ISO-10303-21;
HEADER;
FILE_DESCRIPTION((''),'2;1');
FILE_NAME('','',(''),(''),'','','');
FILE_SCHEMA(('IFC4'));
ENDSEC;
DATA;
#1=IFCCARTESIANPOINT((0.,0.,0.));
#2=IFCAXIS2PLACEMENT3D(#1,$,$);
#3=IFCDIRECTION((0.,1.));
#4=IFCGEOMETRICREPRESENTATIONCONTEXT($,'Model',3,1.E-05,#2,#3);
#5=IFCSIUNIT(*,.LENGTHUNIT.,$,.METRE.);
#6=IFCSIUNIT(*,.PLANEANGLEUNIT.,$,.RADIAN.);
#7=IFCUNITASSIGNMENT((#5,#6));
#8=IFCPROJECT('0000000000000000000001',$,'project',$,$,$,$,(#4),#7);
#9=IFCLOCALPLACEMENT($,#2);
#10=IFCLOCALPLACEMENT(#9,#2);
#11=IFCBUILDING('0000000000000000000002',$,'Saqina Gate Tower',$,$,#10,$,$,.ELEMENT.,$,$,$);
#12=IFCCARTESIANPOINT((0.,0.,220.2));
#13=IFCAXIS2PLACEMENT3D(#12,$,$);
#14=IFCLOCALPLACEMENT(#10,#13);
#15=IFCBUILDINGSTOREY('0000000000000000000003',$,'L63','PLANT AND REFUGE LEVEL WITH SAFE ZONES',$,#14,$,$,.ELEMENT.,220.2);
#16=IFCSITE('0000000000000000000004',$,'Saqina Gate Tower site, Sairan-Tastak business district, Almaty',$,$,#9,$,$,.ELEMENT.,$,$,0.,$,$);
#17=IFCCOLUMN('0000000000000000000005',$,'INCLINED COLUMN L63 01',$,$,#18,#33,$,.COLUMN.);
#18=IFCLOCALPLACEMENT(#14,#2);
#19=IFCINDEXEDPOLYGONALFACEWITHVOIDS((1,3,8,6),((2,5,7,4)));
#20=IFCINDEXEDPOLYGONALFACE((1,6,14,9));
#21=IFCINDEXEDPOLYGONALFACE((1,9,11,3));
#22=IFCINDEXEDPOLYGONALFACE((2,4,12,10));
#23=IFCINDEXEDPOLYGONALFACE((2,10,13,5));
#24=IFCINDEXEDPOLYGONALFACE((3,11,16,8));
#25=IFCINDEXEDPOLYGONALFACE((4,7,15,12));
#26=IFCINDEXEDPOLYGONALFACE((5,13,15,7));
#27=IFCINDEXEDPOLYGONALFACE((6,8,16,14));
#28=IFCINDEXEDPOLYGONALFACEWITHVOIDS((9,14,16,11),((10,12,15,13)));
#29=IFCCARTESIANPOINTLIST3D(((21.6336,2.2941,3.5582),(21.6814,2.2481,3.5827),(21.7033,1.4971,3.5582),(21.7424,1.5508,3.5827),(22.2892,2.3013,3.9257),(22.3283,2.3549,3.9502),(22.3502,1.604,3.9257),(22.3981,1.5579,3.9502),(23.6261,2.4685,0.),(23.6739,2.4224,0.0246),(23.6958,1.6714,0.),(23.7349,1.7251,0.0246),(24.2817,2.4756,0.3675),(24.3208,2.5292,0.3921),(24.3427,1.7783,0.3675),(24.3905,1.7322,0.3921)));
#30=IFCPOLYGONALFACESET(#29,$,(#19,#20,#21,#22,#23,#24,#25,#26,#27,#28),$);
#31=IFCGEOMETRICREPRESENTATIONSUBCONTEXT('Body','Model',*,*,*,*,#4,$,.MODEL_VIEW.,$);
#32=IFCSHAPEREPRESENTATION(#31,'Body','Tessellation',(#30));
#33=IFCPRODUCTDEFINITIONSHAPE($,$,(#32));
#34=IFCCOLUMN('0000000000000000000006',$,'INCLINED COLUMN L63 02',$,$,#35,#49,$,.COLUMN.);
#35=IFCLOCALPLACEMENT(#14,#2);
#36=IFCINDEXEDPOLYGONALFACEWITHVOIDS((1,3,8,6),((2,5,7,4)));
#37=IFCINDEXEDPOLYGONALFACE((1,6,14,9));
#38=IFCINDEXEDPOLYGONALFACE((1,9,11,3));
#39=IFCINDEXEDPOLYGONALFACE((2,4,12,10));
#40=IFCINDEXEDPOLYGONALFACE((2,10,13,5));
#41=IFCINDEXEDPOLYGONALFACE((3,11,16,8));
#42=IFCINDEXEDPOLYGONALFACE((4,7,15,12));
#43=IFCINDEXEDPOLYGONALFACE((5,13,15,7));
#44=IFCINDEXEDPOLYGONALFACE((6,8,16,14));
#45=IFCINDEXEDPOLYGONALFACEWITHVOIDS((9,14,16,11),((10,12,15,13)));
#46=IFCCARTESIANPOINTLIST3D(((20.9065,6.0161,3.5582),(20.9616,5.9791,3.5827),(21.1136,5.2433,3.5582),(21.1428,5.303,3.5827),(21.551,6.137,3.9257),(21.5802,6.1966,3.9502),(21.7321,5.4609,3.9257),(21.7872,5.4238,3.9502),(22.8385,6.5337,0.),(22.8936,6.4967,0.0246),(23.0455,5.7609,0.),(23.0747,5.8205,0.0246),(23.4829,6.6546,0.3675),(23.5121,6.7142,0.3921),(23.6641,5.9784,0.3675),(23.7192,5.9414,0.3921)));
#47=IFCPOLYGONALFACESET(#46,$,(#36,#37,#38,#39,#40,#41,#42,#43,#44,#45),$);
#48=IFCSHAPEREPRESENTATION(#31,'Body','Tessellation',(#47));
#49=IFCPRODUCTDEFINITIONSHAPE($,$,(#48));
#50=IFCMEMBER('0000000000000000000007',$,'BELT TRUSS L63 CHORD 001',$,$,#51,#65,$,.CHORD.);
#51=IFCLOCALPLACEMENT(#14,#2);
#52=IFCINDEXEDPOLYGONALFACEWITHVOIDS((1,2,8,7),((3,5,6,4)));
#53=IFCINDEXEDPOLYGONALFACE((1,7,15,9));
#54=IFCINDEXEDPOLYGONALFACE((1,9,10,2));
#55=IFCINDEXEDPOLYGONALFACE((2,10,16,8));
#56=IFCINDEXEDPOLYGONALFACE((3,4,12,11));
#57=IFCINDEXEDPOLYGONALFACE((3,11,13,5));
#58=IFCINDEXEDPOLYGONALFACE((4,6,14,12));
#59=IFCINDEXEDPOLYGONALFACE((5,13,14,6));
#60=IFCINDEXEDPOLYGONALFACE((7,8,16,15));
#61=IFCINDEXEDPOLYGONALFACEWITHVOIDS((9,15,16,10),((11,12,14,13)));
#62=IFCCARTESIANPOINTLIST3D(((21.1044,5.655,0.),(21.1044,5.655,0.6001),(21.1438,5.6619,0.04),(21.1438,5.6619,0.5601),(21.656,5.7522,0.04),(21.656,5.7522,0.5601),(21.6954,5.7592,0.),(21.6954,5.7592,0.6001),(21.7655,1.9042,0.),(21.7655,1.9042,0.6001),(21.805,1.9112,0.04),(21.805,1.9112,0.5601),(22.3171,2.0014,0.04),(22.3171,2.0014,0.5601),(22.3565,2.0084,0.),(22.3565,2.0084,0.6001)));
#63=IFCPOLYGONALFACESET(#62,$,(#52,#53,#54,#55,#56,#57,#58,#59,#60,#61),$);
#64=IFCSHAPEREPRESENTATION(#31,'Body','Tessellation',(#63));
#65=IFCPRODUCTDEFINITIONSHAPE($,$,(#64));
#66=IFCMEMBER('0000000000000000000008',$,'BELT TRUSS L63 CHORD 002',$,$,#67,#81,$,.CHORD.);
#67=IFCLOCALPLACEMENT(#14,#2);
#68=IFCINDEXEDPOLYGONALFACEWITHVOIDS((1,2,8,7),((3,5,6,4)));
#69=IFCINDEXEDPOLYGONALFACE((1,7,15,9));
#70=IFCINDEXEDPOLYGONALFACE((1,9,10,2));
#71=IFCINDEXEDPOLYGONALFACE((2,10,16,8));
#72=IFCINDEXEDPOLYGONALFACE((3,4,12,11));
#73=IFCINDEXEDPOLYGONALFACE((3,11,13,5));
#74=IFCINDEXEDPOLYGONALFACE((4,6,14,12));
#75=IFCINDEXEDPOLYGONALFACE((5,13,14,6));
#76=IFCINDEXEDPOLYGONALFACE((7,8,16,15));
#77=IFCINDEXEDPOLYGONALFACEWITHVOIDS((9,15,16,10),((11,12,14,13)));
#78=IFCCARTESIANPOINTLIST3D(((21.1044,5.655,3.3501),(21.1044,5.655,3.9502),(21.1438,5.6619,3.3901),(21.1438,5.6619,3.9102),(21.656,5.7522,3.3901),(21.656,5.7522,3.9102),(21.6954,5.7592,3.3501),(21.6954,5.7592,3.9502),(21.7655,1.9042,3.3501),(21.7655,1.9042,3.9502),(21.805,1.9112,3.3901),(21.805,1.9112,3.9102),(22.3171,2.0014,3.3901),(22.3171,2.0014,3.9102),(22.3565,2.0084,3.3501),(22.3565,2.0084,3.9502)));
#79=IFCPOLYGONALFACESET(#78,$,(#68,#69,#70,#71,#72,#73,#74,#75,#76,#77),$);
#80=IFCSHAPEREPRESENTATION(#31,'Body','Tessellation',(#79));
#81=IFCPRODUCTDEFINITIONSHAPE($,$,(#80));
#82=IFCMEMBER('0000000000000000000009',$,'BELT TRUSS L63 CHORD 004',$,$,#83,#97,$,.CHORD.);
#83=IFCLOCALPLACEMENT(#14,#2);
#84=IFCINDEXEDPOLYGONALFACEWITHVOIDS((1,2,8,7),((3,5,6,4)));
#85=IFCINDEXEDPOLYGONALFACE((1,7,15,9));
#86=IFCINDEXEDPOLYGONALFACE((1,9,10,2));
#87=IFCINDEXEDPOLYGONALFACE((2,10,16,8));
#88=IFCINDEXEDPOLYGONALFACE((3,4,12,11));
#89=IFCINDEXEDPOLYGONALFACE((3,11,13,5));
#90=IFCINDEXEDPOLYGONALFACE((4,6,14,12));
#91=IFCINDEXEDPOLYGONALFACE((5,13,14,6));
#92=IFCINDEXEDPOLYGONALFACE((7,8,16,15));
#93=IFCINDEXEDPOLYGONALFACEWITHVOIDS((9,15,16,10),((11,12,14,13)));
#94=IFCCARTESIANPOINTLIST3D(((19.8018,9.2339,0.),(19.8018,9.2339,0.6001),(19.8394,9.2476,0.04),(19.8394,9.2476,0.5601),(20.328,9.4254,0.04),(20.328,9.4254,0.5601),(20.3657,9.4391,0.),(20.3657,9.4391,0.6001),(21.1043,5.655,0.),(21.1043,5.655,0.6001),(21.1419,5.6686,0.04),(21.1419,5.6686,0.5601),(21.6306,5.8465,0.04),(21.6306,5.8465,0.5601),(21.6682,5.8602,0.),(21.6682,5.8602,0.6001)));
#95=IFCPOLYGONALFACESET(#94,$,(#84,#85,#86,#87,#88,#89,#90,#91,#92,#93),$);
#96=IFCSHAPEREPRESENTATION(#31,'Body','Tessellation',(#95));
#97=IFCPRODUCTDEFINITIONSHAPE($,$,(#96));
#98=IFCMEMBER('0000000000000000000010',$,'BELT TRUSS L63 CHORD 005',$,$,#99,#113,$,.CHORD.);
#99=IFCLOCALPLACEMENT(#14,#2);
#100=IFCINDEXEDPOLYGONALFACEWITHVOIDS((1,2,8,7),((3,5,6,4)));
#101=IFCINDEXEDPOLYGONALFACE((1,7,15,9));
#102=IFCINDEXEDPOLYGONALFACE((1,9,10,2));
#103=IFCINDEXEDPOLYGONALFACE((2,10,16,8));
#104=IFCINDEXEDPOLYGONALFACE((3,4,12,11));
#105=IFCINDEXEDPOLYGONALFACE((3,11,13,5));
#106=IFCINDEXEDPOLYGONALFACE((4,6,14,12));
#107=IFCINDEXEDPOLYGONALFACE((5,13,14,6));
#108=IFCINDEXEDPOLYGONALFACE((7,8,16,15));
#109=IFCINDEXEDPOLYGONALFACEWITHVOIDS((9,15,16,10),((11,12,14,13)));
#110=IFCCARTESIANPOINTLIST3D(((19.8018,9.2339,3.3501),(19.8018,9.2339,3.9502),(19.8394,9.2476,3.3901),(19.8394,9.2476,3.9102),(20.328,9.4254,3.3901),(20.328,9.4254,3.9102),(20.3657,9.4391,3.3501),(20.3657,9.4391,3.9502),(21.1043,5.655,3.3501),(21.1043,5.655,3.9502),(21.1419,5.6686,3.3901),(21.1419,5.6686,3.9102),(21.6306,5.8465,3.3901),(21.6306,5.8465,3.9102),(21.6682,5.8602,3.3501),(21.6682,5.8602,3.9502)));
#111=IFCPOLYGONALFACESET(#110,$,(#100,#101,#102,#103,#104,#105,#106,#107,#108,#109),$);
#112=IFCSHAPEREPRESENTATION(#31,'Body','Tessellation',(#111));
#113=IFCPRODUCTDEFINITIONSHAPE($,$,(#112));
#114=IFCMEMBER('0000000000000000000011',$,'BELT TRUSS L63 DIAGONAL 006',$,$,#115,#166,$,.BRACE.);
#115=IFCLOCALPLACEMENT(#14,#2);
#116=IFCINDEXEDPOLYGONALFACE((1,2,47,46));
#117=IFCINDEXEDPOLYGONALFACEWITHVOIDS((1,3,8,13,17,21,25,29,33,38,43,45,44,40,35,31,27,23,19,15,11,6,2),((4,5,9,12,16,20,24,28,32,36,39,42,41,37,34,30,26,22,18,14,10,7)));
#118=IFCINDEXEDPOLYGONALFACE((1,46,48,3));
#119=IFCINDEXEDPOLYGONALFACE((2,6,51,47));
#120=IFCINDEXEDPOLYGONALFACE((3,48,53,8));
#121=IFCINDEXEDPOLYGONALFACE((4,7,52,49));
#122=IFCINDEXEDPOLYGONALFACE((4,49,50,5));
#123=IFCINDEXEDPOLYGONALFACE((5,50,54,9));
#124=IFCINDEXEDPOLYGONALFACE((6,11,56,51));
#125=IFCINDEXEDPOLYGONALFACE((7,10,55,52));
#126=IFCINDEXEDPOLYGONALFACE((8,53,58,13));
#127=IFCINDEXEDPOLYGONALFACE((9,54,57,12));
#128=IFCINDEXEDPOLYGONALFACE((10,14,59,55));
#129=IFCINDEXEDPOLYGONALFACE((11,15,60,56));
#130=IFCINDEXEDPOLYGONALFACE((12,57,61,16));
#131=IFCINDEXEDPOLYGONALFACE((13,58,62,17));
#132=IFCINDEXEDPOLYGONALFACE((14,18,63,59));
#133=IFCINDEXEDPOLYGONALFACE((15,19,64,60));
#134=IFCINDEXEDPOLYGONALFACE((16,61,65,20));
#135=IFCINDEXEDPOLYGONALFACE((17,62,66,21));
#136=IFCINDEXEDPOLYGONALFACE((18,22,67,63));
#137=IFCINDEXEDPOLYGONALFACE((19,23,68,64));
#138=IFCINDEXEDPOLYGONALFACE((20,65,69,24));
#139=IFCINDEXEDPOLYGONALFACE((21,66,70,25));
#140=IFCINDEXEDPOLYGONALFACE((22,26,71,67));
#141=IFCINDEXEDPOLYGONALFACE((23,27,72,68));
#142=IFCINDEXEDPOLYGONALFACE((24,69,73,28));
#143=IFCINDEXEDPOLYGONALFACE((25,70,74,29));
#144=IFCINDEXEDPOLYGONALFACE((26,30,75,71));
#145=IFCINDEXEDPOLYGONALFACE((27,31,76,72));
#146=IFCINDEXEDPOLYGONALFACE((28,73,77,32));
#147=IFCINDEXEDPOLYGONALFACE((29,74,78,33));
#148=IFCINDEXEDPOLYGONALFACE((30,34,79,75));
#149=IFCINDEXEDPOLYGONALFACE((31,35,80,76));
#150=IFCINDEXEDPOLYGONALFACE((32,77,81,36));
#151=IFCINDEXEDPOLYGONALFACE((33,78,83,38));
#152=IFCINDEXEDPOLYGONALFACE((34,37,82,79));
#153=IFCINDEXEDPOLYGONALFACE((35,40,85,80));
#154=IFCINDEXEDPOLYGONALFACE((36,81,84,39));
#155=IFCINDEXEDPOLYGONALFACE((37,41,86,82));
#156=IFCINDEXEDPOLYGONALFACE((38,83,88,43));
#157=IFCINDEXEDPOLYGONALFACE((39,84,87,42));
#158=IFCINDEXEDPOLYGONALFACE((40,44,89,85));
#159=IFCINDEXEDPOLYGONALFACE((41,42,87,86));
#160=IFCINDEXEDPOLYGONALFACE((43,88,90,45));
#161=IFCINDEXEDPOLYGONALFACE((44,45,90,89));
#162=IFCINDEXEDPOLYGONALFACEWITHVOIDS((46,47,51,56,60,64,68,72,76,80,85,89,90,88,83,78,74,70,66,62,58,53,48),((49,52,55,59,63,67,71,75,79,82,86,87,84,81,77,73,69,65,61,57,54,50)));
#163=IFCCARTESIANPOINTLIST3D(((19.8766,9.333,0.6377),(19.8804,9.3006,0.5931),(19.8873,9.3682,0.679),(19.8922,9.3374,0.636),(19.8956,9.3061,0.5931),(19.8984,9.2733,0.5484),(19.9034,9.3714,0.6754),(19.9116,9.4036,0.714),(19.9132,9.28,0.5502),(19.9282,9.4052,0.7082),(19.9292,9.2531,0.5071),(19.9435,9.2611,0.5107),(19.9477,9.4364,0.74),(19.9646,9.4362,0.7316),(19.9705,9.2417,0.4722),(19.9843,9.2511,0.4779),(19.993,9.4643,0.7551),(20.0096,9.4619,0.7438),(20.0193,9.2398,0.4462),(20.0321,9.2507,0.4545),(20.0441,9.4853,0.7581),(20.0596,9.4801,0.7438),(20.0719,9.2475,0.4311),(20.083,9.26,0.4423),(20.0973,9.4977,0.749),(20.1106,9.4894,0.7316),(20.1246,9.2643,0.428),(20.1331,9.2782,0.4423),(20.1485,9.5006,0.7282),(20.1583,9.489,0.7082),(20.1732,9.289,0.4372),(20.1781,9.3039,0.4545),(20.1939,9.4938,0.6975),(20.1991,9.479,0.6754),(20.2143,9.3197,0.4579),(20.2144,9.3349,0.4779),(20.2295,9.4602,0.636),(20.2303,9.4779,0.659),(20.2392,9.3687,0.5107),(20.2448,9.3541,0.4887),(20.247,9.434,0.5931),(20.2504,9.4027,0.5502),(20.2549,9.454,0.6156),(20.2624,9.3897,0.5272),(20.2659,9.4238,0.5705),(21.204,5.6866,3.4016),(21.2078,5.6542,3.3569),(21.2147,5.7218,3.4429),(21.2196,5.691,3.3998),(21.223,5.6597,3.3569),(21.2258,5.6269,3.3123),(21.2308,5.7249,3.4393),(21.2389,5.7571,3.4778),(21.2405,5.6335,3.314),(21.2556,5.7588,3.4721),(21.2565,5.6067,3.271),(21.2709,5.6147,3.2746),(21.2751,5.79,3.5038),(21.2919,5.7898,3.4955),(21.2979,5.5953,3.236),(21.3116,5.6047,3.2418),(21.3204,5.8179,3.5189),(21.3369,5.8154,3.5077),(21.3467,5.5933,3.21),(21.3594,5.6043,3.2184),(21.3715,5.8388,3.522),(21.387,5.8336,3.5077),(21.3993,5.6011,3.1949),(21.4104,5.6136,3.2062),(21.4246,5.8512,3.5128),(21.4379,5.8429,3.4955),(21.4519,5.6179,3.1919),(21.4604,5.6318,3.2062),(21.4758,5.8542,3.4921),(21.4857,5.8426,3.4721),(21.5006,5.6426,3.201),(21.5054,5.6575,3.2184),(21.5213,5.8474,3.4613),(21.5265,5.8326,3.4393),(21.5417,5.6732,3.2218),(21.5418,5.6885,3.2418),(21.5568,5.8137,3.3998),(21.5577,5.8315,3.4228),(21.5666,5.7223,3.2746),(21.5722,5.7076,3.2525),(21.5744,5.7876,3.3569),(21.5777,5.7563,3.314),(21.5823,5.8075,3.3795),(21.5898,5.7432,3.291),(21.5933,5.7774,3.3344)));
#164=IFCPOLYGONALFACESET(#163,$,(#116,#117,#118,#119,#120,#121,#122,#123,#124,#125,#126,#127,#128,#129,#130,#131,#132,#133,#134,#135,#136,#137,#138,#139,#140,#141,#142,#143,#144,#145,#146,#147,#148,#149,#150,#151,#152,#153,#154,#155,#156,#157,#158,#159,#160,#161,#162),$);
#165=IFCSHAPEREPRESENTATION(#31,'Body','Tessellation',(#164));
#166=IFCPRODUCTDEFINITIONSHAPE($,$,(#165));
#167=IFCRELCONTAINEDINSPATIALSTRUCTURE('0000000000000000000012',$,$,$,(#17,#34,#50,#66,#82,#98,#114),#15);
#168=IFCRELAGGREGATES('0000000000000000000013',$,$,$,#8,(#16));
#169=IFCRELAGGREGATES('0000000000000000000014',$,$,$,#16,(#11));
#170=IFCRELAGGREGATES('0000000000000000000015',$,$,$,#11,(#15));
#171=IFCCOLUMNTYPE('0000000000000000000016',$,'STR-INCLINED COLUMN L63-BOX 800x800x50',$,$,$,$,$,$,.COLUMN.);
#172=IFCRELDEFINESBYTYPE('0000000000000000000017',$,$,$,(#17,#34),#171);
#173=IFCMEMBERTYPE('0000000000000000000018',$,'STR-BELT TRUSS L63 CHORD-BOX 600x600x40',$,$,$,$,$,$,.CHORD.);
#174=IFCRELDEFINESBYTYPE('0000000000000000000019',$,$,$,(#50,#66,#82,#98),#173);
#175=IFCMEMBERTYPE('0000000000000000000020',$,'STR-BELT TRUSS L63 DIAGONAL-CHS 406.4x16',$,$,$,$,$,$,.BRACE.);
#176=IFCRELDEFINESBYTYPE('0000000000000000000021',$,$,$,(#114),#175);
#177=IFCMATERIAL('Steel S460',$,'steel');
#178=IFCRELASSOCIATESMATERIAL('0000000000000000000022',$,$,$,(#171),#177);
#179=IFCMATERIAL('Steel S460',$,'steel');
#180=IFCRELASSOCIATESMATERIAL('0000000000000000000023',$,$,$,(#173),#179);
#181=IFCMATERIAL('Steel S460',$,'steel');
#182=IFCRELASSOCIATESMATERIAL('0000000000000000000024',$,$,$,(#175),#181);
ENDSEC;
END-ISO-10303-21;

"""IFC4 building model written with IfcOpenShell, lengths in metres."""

from ifc_helpers import new_model, si_unit, direction, frame, origin, origin_2d, place, context, subcontext, project, spatial, hollow_rectangle, hollow_circle, extrude, material, material_profile, profile_set, type_object, element, save


model = new_model("IFC4")

# Units and contexts
model_context = context("Model", 3, precision=1e-05, world=origin(), true_north=direction((0.0, 1.0)))
body_context = subcontext(model_context, "Body", "Model", "MODEL_VIEW")
ifc_project = project(units=[si_unit("LENGTHUNIT", "METRE"), si_unit("PLANEANGLEUNIT", "RADIAN")], contexts=[model_context])

# Site, building, storey
site_placement = place(None, origin())
site = spatial("IfcSite", under=ifc_project, at=site_placement, Name="Saqina Gate Tower site, Sairan-Tastak business district, Almaty", CompositionType="ELEMENT", RefElevation=0.0)
building_placement = place(site_placement, origin())
building = spatial("IfcBuilding", under=site, at=building_placement, Name="Saqina Gate Tower", CompositionType="ELEMENT")
storey_placement = place(building_placement, frame((0.0, 0.0, 220.2)))
storey = spatial("IfcBuildingStorey", under=building, at=storey_placement, Name="L63", Description="PLANT AND REFUGE LEVEL WITH SAFE ZONES", CompositionType="ELEMENT", Elevation=220.2)

# Columns
ifc_material_1 = material(Name="Steel S460", Category="steel")
ifc_material_profile_1 = material_profile(ifc_material_1, hollow_rectangle(XDim=0.8, YDim=0.8, WallThickness=0.05, at=origin_2d()), Name="BOX 800x800x50")
ifc_profile_set_1 = profile_set([ifc_material_profile_1], Name="Steel S460")
column_type = type_object("IfcColumnType", Name="STR-INCLINED COLUMN L63-BOX 800x800x50", PredefinedType="COLUMN", material=ifc_profile_set_1)
for number, where, z_axis, x_axis, name in (
    (1, (24.0083, 2.1003, 0.196), (-0.488138, -0.042707, 0.871721), (0.087156, -0.996195, 0.0), "INCLINED COLUMN L63 01"),
    (2, (23.2788, 6.2375, 0.196), (-0.473305, -0.126805, 0.871724), (0.258787, -0.965934, 0.0), "INCLINED COLUMN L63 02"),
):
    element("IfcColumn", number, at=place(storey_placement, frame(where, z_axis=z_axis, x_axis=x_axis)), inside=storey, type_object=column_type, Name=name, PredefinedType="COLUMN", context=body_context, shape_type="SweptSolid", body=[
        extrude(hollow_rectangle(XDim=0.8, YDim=0.8, WallThickness=0.05, at=origin_2d()), origin(), (0.0, 0.0, 1.0), 4.0818),
    ])

# Members
ifc_material_2 = material(Name="Steel S460", Category="steel")
ifc_material_profile_2 = material_profile(ifc_material_2, hollow_rectangle(XDim=0.6001, YDim=0.6001, WallThickness=0.04, at=origin_2d()), Name="BOX 600x600x40")
ifc_profile_set_2 = profile_set([ifc_material_profile_2], Name="Steel S460")
member_type_1 = type_object("IfcMemberType", Name="STR-BELT TRUSS L63 CHORD-BOX 600x600x40", PredefinedType="CHORD", material=ifc_profile_set_2)
for number, where, z_axis, x_axis, name in (
    (3, (22.061, 1.9563, 0.3), (-0.173592, 0.984818, 0.0), (-0.984818, -0.173592, 0.0), "BELT TRUSS L63 CHORD 001"),
    (4, (22.061, 1.9563, 3.6501), (-0.173592, 0.984818, 0.0), (-0.984818, -0.173592, 0.0), "BELT TRUSS L63 CHORD 002"),
    (5, (21.3862, 5.7576, 0.3), (-0.341995, 0.939702, 0.0), (-0.939702, -0.341995, 0.0), "BELT TRUSS L63 CHORD 004"),
    (6, (21.3862, 5.7576, 3.6501), (-0.341995, 0.939702, 0.0), (-0.939702, -0.341995, 0.0), "BELT TRUSS L63 CHORD 005"),
):
    element("IfcMember", number, at=place(storey_placement, frame(where, z_axis=z_axis, x_axis=x_axis)), inside=storey, type_object=member_type_1, Name=name, PredefinedType="CHORD", context=body_context, shape_type="SweptSolid", body=[
        extrude(hollow_rectangle(XDim=0.6001, YDim=0.6001, WallThickness=0.04, at=origin_2d()), origin(), (0.0, 0.0, 1.0), 3.8086),
    ])
ifc_material_3 = material(Name="Steel S460", Category="steel")
ifc_material_profile_3 = material_profile(ifc_material_3, hollow_circle(Radius=0.2031, WallThickness=0.0161, at=origin_2d()), Name="CHS 406.4x16")
ifc_profile_set_3 = profile_set([ifc_material_profile_3], Name="Steel S460")
member_type_2 = type_object("IfcMemberType", Name="STR-BELT TRUSS L63 DIAGONAL-CHS 406.4x16", PredefinedType="BRACE", material=ifc_profile_set_3)
member_1_placement = place(storey_placement, frame((21.3987, 5.7236, 3.3569), z_axis=(-0.278615, 0.765385, -0.580137), x_axis=(-0.939678, -0.342061, 0.0)))
element("IfcMember", 7, at=member_1_placement, inside=storey, type_object=member_type_2, Name="BELT TRUSS L63 DIAGONAL 006", PredefinedType="BRACE", context=body_context, shape_type="SweptSolid", body=[
    extrude(hollow_circle(Radius=0.2031, WallThickness=0.0161, at=origin_2d()), origin(), (0.0, 0.0, 1.0), 4.7642),
])

save(model, "model.ifc")
